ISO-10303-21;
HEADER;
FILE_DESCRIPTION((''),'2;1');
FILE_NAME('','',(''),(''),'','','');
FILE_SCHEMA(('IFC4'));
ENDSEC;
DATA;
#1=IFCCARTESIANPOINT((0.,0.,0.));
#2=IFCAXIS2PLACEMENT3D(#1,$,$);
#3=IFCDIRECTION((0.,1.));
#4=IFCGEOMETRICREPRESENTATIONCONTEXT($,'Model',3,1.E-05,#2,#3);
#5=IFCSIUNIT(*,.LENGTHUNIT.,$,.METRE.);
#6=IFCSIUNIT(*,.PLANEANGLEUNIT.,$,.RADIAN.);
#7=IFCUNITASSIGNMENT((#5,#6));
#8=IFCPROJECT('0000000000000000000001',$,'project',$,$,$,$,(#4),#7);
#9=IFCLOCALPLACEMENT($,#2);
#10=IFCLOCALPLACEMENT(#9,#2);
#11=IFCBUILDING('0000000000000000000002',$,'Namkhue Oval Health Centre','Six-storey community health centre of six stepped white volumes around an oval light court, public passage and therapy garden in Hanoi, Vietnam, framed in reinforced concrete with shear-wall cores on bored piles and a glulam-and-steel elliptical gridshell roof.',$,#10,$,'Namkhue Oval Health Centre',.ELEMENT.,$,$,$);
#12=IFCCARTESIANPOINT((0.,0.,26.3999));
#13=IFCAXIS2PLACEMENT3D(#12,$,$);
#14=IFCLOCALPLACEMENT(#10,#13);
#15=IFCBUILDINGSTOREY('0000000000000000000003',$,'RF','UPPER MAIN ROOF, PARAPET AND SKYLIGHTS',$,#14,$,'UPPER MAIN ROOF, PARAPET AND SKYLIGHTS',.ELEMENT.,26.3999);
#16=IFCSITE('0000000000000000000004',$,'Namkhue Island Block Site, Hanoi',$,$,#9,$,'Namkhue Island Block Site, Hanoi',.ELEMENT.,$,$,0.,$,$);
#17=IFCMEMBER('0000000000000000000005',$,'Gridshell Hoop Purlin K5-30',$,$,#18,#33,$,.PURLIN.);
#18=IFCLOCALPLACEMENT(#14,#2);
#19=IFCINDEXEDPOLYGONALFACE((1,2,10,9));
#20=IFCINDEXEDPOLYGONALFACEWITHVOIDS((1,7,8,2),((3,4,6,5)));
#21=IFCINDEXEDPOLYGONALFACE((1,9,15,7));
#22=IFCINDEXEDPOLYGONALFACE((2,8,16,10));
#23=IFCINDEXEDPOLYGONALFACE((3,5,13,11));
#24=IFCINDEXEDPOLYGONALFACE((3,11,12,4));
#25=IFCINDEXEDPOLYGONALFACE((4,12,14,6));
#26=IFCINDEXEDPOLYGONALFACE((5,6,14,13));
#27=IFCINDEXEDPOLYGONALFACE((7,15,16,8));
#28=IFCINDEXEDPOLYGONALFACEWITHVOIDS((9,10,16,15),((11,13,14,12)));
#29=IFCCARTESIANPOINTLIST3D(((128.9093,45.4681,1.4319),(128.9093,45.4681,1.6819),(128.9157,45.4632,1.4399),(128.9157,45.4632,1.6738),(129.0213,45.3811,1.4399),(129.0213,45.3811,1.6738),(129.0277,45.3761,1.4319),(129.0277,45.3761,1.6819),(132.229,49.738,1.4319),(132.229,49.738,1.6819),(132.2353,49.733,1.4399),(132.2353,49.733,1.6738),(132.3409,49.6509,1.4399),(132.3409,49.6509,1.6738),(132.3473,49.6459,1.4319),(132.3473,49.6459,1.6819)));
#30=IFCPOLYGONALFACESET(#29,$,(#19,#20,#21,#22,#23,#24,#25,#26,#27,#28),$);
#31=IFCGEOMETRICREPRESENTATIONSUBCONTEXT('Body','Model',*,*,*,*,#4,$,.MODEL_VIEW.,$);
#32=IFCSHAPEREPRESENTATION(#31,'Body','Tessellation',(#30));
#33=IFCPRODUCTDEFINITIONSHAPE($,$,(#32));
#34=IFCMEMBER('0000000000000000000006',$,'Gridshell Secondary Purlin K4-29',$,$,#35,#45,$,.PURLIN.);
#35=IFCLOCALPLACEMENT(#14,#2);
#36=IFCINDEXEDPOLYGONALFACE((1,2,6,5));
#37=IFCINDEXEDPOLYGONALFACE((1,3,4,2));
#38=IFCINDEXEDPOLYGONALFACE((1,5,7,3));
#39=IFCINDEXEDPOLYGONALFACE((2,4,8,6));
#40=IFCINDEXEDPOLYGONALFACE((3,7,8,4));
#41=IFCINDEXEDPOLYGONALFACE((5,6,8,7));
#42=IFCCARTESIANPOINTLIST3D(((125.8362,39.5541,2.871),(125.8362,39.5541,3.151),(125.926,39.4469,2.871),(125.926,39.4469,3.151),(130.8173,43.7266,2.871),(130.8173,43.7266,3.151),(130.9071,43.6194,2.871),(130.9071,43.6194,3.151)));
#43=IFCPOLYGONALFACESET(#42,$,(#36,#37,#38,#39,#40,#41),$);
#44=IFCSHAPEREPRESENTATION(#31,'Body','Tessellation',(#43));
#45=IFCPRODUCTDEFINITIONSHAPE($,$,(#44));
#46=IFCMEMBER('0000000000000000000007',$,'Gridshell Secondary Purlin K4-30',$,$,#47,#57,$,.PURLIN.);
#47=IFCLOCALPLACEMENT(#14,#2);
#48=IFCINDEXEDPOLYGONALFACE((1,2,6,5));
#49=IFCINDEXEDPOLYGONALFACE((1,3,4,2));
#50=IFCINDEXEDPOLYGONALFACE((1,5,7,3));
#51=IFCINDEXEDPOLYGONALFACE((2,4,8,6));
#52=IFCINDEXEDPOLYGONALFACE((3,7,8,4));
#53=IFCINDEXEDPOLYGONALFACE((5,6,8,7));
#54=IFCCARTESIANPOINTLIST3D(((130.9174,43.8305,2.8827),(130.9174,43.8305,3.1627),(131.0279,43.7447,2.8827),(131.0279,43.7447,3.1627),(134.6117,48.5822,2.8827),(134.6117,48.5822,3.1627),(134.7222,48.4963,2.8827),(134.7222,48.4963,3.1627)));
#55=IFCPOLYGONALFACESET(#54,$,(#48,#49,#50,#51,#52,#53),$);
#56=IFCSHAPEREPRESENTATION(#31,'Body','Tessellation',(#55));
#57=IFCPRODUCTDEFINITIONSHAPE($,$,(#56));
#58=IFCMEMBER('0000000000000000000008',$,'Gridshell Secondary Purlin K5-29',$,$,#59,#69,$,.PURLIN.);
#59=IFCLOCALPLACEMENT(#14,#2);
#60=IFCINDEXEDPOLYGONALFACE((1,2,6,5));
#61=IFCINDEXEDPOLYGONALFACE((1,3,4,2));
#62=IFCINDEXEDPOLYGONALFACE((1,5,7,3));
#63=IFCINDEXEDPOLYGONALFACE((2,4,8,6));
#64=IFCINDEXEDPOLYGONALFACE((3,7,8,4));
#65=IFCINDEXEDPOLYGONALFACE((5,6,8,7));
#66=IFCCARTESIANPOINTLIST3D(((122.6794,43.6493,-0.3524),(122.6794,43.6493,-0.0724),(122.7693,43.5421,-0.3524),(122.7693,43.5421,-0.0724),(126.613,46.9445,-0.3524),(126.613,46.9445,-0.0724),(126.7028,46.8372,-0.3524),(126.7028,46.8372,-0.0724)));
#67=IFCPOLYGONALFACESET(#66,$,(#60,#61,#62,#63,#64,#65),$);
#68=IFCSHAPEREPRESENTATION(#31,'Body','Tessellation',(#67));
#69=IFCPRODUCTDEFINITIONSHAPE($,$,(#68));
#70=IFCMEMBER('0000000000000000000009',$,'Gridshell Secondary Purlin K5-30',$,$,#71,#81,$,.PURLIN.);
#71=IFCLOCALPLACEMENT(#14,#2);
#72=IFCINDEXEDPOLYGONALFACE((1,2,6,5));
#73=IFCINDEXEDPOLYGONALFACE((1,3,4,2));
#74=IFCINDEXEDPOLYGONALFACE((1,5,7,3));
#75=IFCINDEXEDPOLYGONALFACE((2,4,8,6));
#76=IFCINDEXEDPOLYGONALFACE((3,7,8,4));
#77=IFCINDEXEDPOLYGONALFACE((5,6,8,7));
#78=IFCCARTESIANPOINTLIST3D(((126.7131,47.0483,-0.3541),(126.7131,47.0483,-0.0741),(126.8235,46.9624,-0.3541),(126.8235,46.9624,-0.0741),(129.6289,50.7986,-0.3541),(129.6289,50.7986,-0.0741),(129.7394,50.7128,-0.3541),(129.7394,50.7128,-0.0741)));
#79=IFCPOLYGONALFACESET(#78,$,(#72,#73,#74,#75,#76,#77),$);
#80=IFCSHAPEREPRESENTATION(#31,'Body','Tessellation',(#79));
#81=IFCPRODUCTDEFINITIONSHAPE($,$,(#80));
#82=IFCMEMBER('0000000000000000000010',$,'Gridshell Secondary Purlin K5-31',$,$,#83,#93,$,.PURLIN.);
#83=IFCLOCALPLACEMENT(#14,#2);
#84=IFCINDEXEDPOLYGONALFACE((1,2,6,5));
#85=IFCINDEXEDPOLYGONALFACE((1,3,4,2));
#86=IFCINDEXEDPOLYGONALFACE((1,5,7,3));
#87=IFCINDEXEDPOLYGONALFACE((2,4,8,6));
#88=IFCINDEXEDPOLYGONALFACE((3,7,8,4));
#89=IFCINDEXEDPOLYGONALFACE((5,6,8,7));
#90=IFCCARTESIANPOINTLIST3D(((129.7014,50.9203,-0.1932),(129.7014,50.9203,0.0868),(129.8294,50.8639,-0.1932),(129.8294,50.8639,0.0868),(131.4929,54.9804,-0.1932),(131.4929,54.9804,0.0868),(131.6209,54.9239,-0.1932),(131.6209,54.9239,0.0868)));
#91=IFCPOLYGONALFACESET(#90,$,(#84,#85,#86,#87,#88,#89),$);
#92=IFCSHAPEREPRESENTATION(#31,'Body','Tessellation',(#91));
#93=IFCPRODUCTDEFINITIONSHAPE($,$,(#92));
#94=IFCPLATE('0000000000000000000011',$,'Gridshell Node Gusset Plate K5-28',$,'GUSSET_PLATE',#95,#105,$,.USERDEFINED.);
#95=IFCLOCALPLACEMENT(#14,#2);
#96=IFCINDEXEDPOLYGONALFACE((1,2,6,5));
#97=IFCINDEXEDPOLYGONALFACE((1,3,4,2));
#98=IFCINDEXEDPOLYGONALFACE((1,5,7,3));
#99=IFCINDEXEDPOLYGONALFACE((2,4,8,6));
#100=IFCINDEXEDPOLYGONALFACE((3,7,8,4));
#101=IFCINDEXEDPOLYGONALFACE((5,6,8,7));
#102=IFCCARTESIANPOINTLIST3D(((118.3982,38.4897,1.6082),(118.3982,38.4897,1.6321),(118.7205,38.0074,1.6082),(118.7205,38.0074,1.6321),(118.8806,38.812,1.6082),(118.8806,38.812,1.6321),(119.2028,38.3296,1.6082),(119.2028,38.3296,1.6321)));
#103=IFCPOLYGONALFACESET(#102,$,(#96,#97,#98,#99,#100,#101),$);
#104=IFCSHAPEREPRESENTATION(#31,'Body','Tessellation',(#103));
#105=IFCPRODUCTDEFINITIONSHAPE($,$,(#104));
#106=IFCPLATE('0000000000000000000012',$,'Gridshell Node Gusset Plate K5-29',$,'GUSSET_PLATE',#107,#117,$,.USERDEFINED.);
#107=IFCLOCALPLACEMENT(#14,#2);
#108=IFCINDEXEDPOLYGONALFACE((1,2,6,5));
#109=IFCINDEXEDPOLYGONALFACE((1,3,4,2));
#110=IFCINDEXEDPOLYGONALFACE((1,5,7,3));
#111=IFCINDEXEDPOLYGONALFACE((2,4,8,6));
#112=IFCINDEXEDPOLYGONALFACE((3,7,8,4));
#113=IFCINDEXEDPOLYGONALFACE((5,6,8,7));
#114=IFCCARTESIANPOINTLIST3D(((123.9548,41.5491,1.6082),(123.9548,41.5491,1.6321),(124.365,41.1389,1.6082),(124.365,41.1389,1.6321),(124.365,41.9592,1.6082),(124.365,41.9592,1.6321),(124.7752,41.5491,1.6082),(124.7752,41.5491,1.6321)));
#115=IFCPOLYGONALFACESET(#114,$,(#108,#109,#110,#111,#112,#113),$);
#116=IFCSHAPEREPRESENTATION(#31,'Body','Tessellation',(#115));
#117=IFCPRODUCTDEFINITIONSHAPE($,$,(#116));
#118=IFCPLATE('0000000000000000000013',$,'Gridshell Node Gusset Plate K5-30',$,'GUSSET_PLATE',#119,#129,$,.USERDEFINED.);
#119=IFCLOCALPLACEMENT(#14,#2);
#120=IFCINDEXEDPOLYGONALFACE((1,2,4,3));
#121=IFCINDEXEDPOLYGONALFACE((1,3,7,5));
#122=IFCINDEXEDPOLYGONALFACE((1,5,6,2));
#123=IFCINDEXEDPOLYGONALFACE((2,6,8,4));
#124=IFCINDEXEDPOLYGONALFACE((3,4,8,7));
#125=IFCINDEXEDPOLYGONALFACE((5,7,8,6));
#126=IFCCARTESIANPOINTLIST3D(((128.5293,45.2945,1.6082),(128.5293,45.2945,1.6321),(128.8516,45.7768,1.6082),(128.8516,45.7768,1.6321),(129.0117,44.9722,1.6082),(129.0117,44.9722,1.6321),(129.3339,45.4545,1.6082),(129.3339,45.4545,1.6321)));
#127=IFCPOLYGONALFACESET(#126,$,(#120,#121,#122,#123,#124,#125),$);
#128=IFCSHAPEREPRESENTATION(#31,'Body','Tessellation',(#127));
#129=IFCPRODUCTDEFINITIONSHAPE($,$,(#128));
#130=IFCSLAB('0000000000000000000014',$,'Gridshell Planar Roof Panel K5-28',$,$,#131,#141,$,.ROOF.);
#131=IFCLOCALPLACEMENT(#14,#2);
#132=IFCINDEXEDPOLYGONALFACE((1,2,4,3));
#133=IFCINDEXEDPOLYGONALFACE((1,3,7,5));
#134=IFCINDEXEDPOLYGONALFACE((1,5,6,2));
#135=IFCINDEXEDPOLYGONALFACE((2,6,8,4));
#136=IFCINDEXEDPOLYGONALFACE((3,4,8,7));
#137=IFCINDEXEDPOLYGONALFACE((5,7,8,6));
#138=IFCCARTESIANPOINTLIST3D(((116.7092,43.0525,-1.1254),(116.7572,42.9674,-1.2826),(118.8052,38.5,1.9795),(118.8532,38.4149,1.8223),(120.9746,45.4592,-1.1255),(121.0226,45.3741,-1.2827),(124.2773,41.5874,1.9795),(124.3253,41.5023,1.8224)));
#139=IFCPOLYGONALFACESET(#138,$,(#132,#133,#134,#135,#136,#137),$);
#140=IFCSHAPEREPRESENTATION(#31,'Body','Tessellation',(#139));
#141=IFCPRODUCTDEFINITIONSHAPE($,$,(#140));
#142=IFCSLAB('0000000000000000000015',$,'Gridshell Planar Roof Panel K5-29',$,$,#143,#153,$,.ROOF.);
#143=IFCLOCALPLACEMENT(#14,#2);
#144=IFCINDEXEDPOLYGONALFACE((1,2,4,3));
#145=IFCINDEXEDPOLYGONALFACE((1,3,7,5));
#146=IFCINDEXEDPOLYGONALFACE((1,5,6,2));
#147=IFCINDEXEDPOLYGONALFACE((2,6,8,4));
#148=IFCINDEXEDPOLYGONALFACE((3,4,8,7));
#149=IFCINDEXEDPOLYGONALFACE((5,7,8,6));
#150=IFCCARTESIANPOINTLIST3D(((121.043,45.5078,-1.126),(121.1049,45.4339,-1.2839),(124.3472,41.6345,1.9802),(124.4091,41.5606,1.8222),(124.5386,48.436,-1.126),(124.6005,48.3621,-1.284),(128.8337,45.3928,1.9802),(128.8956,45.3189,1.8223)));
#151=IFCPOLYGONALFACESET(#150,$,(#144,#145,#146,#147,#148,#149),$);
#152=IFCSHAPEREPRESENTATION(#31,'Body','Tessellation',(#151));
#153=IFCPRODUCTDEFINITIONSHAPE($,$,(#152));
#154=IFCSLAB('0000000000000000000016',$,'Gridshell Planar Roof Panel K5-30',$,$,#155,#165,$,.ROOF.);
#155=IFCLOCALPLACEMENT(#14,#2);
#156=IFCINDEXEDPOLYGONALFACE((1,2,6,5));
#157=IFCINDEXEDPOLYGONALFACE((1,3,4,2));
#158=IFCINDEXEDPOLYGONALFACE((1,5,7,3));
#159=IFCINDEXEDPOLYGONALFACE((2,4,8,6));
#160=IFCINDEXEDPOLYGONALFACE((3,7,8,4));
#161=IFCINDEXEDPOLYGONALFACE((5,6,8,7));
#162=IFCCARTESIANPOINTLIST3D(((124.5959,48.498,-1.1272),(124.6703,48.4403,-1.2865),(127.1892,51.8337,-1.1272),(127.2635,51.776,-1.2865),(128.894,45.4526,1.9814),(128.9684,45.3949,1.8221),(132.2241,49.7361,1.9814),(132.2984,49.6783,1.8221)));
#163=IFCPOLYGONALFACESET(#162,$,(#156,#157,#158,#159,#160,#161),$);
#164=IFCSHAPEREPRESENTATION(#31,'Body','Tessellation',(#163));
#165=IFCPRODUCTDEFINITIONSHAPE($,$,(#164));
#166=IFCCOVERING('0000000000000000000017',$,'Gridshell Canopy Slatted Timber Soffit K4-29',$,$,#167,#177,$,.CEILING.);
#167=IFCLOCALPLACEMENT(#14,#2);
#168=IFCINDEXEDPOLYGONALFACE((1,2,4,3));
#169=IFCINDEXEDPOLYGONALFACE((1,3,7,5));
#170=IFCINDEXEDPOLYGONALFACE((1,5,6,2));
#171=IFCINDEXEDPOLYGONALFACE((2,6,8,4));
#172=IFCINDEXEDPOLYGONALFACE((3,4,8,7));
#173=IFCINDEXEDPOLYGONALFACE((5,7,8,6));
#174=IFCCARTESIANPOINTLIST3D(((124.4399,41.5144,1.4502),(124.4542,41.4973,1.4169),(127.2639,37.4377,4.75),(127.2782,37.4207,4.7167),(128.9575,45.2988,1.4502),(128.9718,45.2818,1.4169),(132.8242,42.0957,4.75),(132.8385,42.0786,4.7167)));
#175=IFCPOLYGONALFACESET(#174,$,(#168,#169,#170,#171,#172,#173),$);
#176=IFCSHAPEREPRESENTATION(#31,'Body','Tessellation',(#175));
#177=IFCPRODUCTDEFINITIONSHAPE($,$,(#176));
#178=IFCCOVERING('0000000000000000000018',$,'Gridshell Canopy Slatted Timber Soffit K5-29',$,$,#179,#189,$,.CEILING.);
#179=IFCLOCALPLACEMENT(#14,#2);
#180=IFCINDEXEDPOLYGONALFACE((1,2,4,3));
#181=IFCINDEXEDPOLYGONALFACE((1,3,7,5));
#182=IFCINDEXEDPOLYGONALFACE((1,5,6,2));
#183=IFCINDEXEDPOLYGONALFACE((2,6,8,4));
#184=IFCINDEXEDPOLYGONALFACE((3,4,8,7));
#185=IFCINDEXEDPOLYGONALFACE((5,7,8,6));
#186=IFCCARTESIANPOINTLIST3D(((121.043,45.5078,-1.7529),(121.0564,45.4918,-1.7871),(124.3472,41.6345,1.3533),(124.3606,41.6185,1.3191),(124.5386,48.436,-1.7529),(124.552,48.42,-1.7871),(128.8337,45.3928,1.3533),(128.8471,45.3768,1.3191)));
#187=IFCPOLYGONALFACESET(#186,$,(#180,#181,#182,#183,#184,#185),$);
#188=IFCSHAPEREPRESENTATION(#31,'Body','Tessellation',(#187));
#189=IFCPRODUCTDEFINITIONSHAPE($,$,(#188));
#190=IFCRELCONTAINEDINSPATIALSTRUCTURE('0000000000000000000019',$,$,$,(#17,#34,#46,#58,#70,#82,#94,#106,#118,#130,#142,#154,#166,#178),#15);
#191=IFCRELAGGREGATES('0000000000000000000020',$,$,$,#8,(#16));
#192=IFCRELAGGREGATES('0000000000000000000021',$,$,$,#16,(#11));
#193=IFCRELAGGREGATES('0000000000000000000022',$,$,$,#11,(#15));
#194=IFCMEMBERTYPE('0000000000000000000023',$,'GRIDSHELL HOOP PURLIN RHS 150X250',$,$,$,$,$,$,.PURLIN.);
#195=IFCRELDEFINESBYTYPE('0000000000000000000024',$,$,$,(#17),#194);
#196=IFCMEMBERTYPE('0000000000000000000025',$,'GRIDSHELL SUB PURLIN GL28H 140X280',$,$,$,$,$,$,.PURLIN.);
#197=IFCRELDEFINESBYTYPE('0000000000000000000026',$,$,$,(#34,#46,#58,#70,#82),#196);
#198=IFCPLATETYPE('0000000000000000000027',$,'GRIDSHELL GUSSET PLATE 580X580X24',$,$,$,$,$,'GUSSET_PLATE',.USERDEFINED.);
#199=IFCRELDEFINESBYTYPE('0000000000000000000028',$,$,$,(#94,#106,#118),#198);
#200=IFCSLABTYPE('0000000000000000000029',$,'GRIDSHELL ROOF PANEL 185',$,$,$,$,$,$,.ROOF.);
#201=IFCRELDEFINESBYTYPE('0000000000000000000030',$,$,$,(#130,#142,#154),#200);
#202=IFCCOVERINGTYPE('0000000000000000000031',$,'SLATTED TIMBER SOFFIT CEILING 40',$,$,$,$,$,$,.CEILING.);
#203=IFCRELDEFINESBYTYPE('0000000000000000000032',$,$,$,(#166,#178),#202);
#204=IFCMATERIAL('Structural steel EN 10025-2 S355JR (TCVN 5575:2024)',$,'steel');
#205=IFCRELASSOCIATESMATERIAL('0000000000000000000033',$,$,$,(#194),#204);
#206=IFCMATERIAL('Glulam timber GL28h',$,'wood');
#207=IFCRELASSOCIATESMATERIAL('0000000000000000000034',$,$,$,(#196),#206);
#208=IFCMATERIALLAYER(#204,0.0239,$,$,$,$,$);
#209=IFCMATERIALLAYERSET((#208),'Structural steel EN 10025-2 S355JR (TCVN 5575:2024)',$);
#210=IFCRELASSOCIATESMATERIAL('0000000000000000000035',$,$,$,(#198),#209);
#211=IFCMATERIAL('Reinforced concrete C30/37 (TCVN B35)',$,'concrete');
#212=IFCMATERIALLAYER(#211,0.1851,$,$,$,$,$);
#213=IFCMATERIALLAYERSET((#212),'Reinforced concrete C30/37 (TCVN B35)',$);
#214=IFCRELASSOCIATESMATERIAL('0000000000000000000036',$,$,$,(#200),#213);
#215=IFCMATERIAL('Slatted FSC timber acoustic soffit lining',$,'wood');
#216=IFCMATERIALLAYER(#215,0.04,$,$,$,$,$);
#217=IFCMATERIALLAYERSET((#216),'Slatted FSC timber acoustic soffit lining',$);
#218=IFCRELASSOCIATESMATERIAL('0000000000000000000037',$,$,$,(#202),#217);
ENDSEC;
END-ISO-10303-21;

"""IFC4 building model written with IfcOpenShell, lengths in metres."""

from ifc_helpers import new_model, si_unit, direction, frame, origin, origin_2d, place, context, subcontext, project, spatial, polyline, rectangle, hollow_rectangle, outline, extrude, material, layer, layer_set, material_profile, profile_set, type_object, element, save


model = new_model("IFC4")

# Units and contexts
model_context = context("Model", 3, precision=1e-05, world=origin(), true_north=direction((0.0, 1.0)))
body_context = subcontext(model_context, "Body", "Model", "MODEL_VIEW")
ifc_project = project(units=[si_unit("LENGTHUNIT", "METRE"), si_unit("PLANEANGLEUNIT", "RADIAN")], contexts=[model_context])

# Site, building, storey
site_placement = place(None, origin())
site = spatial("IfcSite", under=ifc_project, at=site_placement, Name="Namkhue Island Block Site, Hanoi", LongName="Namkhue Island Block Site, Hanoi", CompositionType="ELEMENT", RefElevation=0.0)
building_placement = place(site_placement, origin())
building = spatial("IfcBuilding", under=site, at=building_placement, Name="Namkhue Oval Health Centre", Description="Six-storey community health centre of six stepped white volumes around an oval light court, public passage and therapy garden in Hanoi, Vietnam, framed in reinforced concrete with shear-wall cores on bored piles and a glulam-and-steel elliptical gridshell roof.", LongName="Namkhue Oval Health Centre", CompositionType="ELEMENT")
storey_placement = place(building_placement, frame((0.0, 0.0, 26.3999)))
storey = spatial("IfcBuildingStorey", under=building, at=storey_placement, Name="RF", Description="UPPER MAIN ROOF, PARAPET AND SKYLIGHTS", LongName="UPPER MAIN ROOF, PARAPET AND SKYLIGHTS", CompositionType="ELEMENT", Elevation=26.3999)

# Members
ifc_material_1 = material(Name="Structural steel EN 10025-2 S355JR (TCVN 5575:2024)", Category="steel")
ifc_material_profile_1 = material_profile(ifc_material_1, hollow_rectangle(XDim=0.1499, YDim=0.25, WallThickness=0.0081, at=origin_2d()), Name="RHS 150x250x8")
ifc_profile_set_1 = profile_set([ifc_material_profile_1], Name="Structural steel EN 10025-2 S355JR (TCVN 5575:2024)")
member_type_1 = type_object("IfcMemberType", Name="GRIDSHELL HOOP PURLIN RHS 150X250", PredefinedType="PURLIN", material=ifc_profile_set_1)
member_1_placement = place(storey_placement, frame((128.9685, 45.4221, 1.5569), z_axis=(0.613784, 0.789474, 0.0), x_axis=(-0.789474, 0.613784, 0.0)))
element("IfcMember", 1, at=member_1_placement, inside=storey, type_object=member_type_1, Name="Gridshell Hoop Purlin K5-30", PredefinedType="PURLIN", context=body_context, shape_type="SweptSolid", body=[
    extrude(hollow_rectangle(XDim=0.1499, YDim=0.25, WallThickness=0.0081, at=origin_2d()), origin(), (0.0, 0.0, 1.0), 5.4084),
])
ifc_material_2 = material(Name="Glulam timber GL28h", Category="wood")
ifc_material_profile_2 = material_profile(ifc_material_2, rectangle(XDim=0.1399, YDim=0.28, at=origin_2d()), Name="GL28h 140x280")
ifc_profile_set_2 = profile_set([ifc_material_profile_2], Name="Glulam timber GL28h")
member_type_2 = type_object("IfcMemberType", Name="GRIDSHELL SUB PURLIN GL28H 140X280", PredefinedType="PURLIN", material=ifc_profile_set_2)
member_2_placement = place(storey_placement, frame((125.8811, 39.5005, 3.011), z_axis=(0.766583, 0.642145, 0.0), x_axis=(-0.642145, 0.766583, 0.0)))
element("IfcMember", 2, at=member_2_placement, inside=storey, type_object=member_type_2, Name="Gridshell Secondary Purlin K4-29", PredefinedType="PURLIN", context=body_context, shape_type="SweptSolid", body=[
    extrude(rectangle(XDim=0.1399, YDim=0.28, at=origin_2d()), origin(), (0.0, 0.0, 1.0), 6.4978),
])
member_3_placement = place(storey_placement, frame((130.9727, 43.7876, 3.0227), z_axis=(0.613792, 0.789468, 0.0), x_axis=(-0.789468, 0.613792, 0.0)))
element("IfcMember", 3, at=member_3_placement, inside=storey, type_object=member_type_2, Name="Gridshell Secondary Purlin K4-30", PredefinedType="PURLIN", context=body_context, shape_type="SweptSolid", body=[
    extrude(rectangle(XDim=0.1399, YDim=0.28, at=origin_2d()), origin(), (0.0, 0.0, 1.0), 6.0188),
])
member_4_placement = place(storey_placement, frame((122.7244, 43.5957, -0.2124), z_axis=(0.766573, 0.642157, 0.0), x_axis=(-0.642157, 0.766573, 0.0)))
element("IfcMember", 4, at=member_4_placement, inside=storey, type_object=member_type_2, Name="Gridshell Secondary Purlin K5-29", PredefinedType="PURLIN", context=body_context, shape_type="SweptSolid", body=[
    extrude(rectangle(XDim=0.1399, YDim=0.28, at=origin_2d()), origin(), (0.0, 0.0, 1.0), 5.1313),
])
member_5_placement = place(storey_placement, frame((126.7683, 47.0054, -0.2141), z_axis=(0.613798, 0.789463, 0.0), x_axis=(-0.789463, 0.613798, 0.0)))
element("IfcMember", 5, at=member_5_placement, inside=storey, type_object=member_type_2, Name="Gridshell Secondary Purlin K5-30", PredefinedType="PURLIN", context=body_context, shape_type="SweptSolid", body=[
    extrude(rectangle(XDim=0.1399, YDim=0.28, at=origin_2d()), origin(), (0.0, 0.0, 1.0), 4.7505),
])
member_6_placement = place(storey_placement, frame((129.7654, 50.8921, -0.0532), z_axis=(0.403697, 0.914893, 0.0), x_axis=(-0.914893, 0.403697, 0.0)))
element("IfcMember", 6, at=member_6_placement, inside=storey, type_object=member_type_2, Name="Gridshell Secondary Purlin K5-31", PredefinedType="PURLIN", context=body_context, shape_type="SweptSolid", body=[
    extrude(rectangle(XDim=0.1399, YDim=0.28, at=origin_2d()), origin(), (0.0, 0.0, 1.0), 4.4377),
])

# Plates
ifc_layer_1 = layer(ifc_material_1, 0.0239)
ifc_layer_set_1 = layer_set([ifc_layer_1], Name="Structural steel EN 10025-2 S355JR (TCVN 5575:2024)")
plate_type = type_object("IfcPlateType", Name="GRIDSHELL GUSSET PLATE 580X580X24", ElementType="GUSSET_PLATE", PredefinedType="USERDEFINED", material=ifc_layer_set_1)
for number, where, z_axis, x_axis, name in (
    (7, (118.8005, 38.4097, 1.6082), (0.0, 0.0, 1.0), (0.55557, -0.83147, 0.0), "Gridshell Node Gusset Plate K5-28"),
    (8, (124.365, 41.5491, 1.6082), (0.0, 0.0, 1.0), (0.707107, -0.707107, 0.0), "Gridshell Node Gusset Plate K5-29"),
    (9, (128.9316, 45.3745, 1.6082), (0.0, 0.0, 1.0), (0.83147, -0.55557, 0.0), "Gridshell Node Gusset Plate K5-30"),
):
    element("IfcPlate", number, at=place(storey_placement, frame(where, z_axis=z_axis, x_axis=x_axis)), inside=storey, type_object=plate_type, Name=name, ObjectType="GUSSET_PLATE", PredefinedType="USERDEFINED", context=body_context, shape_type="SweptSolid", body=[
        extrude(rectangle(XDim=0.5801, YDim=0.5801, at=origin_2d()), origin(), (0.0, 0.0, 1.0), 0.0239),
    ])

# Slabs
ifc_material_3 = material(Name="Reinforced concrete C30/37 (TCVN B35)", Category="concrete")
ifc_layer_2 = layer(ifc_material_3, 0.1851)
ifc_layer_set_2 = layer_set([ifc_layer_2], Name="Reinforced concrete C30/37 (TCVN B35)")
slab_type = type_object("IfcSlabType", Name="GRIDSHELL ROOF PANEL 185", PredefinedType="ROOF", material=ifc_layer_set_2)
slab_1_placement = place(storey_placement, frame((118.8052, 38.5, 1.9795), z_axis=(-0.259427, 0.459796, 0.849285), x_axis=(0.87094, 0.49139, 0.000007)))
element("IfcSlab", 10, at=slab_1_placement, inside=storey, type_object=slab_type, Name="Gridshell Planar Roof Panel K5-28", PredefinedType="ROOF", context=body_context, shape_type="SweptSolid", body=[
    extrude(outline(polyline([(0.0, 0.0), (6.283, 0.0), (5.3091, 5.8815), (0.4116, 5.8813), (0.0, 0.0)])), origin(), (0.0, 0.0, -1.0), 0.1851),
])
slab_2_placement = place(storey_placement, frame((124.3472, 41.6345, 1.9802), z_axis=(-0.33446, 0.399269, 0.853652), x_axis=(0.766581, 0.642148, 0.000001)))
element("IfcSlab", 11, at=slab_2_placement, inside=storey, type_object=slab_type, Name="Gridshell Planar Roof Panel K5-29", PredefinedType="ROOF", context=body_context, shape_type="SweptSolid", body=[
    extrude(outline(polyline([(0.0, 0.0), (5.8527, 0.0), (4.5143, 5.9638), (-0.0457, 5.9638), (0.0, 0.0)])), origin(), (0.0, 0.0, -1.0), 0.1851),
])
slab_3_placement = place(storey_placement, frame((128.894, 45.4526, 1.9814), z_axis=(-0.401539, 0.312168, 0.860998), x_axis=(0.613769, 0.789486, 0.0)))
element("IfcSlab", 12, at=slab_3_placement, inside=storey, type_object=slab_type, Name="Gridshell Planar Roof Panel K5-30", PredefinedType="ROOF", context=body_context, shape_type="SweptSolid", body=[
    extrude(outline(polyline([(0.0, 0.0), (5.4256, 0.0), (3.9914, 6.1121), (-0.2337, 6.1121), (0.0, 0.0)])), origin(), (0.0, 0.0, -1.0), 0.1851),
])

# Coverings
ifc_material_4 = material(Name="Slatted FSC timber acoustic soffit lining", Category="wood")
ifc_layer_3 = layer(ifc_material_4, 0.04)
ifc_layer_set_3 = layer_set([ifc_layer_3], Name="Slatted FSC timber acoustic soffit lining")
covering_type_1 = type_object("IfcCoveringType", Name="SLATTED TIMBER SOFFIT CEILING 40", PredefinedType="CEILING", material=ifc_layer_set_3)
covering_1_placement = place(storey_placement, frame((127.2639, 37.4377, 4.75), z_axis=(-0.356769, 0.425884, 0.831468), x_axis=(0.766566, 0.642165, -0.000001)))
element("IfcCovering", 13, at=covering_1_placement, inside=storey, type_object=covering_type_1, Name="Gridshell Canopy Slatted Timber Soffit K4-29", PredefinedType="CEILING", context=body_context, shape_type="SweptSolid", body=[
    extrude(outline(polyline([(0.0, 0.0), (7.2535, 0.0), (6.3464, 5.9395), (0.4531, 5.9395), (0.0, 0.0)])), origin(), (0.0, 0.0, -1.0), 0.04),
])
covering_2_placement = place(storey_placement, frame((124.3472, 41.6345, 1.3533), z_axis=(-0.33446, 0.399269, 0.853652), x_axis=(0.766581, 0.642148, 0.000001)))
element("IfcCovering", 14, at=covering_2_placement, inside=storey, type_object=covering_type_1, Name="Gridshell Canopy Slatted Timber Soffit K5-29", PredefinedType="CEILING", context=body_context, shape_type="SweptSolid", body=[
    extrude(outline(polyline([(0.0, 0.0), (5.8527, 0.0), (4.5143, 5.9638), (-0.0457, 5.9638), (0.0, 0.0)])), origin(), (0.0, 0.0, -1.0), 0.04),
])

save(model, "model.ifc")
